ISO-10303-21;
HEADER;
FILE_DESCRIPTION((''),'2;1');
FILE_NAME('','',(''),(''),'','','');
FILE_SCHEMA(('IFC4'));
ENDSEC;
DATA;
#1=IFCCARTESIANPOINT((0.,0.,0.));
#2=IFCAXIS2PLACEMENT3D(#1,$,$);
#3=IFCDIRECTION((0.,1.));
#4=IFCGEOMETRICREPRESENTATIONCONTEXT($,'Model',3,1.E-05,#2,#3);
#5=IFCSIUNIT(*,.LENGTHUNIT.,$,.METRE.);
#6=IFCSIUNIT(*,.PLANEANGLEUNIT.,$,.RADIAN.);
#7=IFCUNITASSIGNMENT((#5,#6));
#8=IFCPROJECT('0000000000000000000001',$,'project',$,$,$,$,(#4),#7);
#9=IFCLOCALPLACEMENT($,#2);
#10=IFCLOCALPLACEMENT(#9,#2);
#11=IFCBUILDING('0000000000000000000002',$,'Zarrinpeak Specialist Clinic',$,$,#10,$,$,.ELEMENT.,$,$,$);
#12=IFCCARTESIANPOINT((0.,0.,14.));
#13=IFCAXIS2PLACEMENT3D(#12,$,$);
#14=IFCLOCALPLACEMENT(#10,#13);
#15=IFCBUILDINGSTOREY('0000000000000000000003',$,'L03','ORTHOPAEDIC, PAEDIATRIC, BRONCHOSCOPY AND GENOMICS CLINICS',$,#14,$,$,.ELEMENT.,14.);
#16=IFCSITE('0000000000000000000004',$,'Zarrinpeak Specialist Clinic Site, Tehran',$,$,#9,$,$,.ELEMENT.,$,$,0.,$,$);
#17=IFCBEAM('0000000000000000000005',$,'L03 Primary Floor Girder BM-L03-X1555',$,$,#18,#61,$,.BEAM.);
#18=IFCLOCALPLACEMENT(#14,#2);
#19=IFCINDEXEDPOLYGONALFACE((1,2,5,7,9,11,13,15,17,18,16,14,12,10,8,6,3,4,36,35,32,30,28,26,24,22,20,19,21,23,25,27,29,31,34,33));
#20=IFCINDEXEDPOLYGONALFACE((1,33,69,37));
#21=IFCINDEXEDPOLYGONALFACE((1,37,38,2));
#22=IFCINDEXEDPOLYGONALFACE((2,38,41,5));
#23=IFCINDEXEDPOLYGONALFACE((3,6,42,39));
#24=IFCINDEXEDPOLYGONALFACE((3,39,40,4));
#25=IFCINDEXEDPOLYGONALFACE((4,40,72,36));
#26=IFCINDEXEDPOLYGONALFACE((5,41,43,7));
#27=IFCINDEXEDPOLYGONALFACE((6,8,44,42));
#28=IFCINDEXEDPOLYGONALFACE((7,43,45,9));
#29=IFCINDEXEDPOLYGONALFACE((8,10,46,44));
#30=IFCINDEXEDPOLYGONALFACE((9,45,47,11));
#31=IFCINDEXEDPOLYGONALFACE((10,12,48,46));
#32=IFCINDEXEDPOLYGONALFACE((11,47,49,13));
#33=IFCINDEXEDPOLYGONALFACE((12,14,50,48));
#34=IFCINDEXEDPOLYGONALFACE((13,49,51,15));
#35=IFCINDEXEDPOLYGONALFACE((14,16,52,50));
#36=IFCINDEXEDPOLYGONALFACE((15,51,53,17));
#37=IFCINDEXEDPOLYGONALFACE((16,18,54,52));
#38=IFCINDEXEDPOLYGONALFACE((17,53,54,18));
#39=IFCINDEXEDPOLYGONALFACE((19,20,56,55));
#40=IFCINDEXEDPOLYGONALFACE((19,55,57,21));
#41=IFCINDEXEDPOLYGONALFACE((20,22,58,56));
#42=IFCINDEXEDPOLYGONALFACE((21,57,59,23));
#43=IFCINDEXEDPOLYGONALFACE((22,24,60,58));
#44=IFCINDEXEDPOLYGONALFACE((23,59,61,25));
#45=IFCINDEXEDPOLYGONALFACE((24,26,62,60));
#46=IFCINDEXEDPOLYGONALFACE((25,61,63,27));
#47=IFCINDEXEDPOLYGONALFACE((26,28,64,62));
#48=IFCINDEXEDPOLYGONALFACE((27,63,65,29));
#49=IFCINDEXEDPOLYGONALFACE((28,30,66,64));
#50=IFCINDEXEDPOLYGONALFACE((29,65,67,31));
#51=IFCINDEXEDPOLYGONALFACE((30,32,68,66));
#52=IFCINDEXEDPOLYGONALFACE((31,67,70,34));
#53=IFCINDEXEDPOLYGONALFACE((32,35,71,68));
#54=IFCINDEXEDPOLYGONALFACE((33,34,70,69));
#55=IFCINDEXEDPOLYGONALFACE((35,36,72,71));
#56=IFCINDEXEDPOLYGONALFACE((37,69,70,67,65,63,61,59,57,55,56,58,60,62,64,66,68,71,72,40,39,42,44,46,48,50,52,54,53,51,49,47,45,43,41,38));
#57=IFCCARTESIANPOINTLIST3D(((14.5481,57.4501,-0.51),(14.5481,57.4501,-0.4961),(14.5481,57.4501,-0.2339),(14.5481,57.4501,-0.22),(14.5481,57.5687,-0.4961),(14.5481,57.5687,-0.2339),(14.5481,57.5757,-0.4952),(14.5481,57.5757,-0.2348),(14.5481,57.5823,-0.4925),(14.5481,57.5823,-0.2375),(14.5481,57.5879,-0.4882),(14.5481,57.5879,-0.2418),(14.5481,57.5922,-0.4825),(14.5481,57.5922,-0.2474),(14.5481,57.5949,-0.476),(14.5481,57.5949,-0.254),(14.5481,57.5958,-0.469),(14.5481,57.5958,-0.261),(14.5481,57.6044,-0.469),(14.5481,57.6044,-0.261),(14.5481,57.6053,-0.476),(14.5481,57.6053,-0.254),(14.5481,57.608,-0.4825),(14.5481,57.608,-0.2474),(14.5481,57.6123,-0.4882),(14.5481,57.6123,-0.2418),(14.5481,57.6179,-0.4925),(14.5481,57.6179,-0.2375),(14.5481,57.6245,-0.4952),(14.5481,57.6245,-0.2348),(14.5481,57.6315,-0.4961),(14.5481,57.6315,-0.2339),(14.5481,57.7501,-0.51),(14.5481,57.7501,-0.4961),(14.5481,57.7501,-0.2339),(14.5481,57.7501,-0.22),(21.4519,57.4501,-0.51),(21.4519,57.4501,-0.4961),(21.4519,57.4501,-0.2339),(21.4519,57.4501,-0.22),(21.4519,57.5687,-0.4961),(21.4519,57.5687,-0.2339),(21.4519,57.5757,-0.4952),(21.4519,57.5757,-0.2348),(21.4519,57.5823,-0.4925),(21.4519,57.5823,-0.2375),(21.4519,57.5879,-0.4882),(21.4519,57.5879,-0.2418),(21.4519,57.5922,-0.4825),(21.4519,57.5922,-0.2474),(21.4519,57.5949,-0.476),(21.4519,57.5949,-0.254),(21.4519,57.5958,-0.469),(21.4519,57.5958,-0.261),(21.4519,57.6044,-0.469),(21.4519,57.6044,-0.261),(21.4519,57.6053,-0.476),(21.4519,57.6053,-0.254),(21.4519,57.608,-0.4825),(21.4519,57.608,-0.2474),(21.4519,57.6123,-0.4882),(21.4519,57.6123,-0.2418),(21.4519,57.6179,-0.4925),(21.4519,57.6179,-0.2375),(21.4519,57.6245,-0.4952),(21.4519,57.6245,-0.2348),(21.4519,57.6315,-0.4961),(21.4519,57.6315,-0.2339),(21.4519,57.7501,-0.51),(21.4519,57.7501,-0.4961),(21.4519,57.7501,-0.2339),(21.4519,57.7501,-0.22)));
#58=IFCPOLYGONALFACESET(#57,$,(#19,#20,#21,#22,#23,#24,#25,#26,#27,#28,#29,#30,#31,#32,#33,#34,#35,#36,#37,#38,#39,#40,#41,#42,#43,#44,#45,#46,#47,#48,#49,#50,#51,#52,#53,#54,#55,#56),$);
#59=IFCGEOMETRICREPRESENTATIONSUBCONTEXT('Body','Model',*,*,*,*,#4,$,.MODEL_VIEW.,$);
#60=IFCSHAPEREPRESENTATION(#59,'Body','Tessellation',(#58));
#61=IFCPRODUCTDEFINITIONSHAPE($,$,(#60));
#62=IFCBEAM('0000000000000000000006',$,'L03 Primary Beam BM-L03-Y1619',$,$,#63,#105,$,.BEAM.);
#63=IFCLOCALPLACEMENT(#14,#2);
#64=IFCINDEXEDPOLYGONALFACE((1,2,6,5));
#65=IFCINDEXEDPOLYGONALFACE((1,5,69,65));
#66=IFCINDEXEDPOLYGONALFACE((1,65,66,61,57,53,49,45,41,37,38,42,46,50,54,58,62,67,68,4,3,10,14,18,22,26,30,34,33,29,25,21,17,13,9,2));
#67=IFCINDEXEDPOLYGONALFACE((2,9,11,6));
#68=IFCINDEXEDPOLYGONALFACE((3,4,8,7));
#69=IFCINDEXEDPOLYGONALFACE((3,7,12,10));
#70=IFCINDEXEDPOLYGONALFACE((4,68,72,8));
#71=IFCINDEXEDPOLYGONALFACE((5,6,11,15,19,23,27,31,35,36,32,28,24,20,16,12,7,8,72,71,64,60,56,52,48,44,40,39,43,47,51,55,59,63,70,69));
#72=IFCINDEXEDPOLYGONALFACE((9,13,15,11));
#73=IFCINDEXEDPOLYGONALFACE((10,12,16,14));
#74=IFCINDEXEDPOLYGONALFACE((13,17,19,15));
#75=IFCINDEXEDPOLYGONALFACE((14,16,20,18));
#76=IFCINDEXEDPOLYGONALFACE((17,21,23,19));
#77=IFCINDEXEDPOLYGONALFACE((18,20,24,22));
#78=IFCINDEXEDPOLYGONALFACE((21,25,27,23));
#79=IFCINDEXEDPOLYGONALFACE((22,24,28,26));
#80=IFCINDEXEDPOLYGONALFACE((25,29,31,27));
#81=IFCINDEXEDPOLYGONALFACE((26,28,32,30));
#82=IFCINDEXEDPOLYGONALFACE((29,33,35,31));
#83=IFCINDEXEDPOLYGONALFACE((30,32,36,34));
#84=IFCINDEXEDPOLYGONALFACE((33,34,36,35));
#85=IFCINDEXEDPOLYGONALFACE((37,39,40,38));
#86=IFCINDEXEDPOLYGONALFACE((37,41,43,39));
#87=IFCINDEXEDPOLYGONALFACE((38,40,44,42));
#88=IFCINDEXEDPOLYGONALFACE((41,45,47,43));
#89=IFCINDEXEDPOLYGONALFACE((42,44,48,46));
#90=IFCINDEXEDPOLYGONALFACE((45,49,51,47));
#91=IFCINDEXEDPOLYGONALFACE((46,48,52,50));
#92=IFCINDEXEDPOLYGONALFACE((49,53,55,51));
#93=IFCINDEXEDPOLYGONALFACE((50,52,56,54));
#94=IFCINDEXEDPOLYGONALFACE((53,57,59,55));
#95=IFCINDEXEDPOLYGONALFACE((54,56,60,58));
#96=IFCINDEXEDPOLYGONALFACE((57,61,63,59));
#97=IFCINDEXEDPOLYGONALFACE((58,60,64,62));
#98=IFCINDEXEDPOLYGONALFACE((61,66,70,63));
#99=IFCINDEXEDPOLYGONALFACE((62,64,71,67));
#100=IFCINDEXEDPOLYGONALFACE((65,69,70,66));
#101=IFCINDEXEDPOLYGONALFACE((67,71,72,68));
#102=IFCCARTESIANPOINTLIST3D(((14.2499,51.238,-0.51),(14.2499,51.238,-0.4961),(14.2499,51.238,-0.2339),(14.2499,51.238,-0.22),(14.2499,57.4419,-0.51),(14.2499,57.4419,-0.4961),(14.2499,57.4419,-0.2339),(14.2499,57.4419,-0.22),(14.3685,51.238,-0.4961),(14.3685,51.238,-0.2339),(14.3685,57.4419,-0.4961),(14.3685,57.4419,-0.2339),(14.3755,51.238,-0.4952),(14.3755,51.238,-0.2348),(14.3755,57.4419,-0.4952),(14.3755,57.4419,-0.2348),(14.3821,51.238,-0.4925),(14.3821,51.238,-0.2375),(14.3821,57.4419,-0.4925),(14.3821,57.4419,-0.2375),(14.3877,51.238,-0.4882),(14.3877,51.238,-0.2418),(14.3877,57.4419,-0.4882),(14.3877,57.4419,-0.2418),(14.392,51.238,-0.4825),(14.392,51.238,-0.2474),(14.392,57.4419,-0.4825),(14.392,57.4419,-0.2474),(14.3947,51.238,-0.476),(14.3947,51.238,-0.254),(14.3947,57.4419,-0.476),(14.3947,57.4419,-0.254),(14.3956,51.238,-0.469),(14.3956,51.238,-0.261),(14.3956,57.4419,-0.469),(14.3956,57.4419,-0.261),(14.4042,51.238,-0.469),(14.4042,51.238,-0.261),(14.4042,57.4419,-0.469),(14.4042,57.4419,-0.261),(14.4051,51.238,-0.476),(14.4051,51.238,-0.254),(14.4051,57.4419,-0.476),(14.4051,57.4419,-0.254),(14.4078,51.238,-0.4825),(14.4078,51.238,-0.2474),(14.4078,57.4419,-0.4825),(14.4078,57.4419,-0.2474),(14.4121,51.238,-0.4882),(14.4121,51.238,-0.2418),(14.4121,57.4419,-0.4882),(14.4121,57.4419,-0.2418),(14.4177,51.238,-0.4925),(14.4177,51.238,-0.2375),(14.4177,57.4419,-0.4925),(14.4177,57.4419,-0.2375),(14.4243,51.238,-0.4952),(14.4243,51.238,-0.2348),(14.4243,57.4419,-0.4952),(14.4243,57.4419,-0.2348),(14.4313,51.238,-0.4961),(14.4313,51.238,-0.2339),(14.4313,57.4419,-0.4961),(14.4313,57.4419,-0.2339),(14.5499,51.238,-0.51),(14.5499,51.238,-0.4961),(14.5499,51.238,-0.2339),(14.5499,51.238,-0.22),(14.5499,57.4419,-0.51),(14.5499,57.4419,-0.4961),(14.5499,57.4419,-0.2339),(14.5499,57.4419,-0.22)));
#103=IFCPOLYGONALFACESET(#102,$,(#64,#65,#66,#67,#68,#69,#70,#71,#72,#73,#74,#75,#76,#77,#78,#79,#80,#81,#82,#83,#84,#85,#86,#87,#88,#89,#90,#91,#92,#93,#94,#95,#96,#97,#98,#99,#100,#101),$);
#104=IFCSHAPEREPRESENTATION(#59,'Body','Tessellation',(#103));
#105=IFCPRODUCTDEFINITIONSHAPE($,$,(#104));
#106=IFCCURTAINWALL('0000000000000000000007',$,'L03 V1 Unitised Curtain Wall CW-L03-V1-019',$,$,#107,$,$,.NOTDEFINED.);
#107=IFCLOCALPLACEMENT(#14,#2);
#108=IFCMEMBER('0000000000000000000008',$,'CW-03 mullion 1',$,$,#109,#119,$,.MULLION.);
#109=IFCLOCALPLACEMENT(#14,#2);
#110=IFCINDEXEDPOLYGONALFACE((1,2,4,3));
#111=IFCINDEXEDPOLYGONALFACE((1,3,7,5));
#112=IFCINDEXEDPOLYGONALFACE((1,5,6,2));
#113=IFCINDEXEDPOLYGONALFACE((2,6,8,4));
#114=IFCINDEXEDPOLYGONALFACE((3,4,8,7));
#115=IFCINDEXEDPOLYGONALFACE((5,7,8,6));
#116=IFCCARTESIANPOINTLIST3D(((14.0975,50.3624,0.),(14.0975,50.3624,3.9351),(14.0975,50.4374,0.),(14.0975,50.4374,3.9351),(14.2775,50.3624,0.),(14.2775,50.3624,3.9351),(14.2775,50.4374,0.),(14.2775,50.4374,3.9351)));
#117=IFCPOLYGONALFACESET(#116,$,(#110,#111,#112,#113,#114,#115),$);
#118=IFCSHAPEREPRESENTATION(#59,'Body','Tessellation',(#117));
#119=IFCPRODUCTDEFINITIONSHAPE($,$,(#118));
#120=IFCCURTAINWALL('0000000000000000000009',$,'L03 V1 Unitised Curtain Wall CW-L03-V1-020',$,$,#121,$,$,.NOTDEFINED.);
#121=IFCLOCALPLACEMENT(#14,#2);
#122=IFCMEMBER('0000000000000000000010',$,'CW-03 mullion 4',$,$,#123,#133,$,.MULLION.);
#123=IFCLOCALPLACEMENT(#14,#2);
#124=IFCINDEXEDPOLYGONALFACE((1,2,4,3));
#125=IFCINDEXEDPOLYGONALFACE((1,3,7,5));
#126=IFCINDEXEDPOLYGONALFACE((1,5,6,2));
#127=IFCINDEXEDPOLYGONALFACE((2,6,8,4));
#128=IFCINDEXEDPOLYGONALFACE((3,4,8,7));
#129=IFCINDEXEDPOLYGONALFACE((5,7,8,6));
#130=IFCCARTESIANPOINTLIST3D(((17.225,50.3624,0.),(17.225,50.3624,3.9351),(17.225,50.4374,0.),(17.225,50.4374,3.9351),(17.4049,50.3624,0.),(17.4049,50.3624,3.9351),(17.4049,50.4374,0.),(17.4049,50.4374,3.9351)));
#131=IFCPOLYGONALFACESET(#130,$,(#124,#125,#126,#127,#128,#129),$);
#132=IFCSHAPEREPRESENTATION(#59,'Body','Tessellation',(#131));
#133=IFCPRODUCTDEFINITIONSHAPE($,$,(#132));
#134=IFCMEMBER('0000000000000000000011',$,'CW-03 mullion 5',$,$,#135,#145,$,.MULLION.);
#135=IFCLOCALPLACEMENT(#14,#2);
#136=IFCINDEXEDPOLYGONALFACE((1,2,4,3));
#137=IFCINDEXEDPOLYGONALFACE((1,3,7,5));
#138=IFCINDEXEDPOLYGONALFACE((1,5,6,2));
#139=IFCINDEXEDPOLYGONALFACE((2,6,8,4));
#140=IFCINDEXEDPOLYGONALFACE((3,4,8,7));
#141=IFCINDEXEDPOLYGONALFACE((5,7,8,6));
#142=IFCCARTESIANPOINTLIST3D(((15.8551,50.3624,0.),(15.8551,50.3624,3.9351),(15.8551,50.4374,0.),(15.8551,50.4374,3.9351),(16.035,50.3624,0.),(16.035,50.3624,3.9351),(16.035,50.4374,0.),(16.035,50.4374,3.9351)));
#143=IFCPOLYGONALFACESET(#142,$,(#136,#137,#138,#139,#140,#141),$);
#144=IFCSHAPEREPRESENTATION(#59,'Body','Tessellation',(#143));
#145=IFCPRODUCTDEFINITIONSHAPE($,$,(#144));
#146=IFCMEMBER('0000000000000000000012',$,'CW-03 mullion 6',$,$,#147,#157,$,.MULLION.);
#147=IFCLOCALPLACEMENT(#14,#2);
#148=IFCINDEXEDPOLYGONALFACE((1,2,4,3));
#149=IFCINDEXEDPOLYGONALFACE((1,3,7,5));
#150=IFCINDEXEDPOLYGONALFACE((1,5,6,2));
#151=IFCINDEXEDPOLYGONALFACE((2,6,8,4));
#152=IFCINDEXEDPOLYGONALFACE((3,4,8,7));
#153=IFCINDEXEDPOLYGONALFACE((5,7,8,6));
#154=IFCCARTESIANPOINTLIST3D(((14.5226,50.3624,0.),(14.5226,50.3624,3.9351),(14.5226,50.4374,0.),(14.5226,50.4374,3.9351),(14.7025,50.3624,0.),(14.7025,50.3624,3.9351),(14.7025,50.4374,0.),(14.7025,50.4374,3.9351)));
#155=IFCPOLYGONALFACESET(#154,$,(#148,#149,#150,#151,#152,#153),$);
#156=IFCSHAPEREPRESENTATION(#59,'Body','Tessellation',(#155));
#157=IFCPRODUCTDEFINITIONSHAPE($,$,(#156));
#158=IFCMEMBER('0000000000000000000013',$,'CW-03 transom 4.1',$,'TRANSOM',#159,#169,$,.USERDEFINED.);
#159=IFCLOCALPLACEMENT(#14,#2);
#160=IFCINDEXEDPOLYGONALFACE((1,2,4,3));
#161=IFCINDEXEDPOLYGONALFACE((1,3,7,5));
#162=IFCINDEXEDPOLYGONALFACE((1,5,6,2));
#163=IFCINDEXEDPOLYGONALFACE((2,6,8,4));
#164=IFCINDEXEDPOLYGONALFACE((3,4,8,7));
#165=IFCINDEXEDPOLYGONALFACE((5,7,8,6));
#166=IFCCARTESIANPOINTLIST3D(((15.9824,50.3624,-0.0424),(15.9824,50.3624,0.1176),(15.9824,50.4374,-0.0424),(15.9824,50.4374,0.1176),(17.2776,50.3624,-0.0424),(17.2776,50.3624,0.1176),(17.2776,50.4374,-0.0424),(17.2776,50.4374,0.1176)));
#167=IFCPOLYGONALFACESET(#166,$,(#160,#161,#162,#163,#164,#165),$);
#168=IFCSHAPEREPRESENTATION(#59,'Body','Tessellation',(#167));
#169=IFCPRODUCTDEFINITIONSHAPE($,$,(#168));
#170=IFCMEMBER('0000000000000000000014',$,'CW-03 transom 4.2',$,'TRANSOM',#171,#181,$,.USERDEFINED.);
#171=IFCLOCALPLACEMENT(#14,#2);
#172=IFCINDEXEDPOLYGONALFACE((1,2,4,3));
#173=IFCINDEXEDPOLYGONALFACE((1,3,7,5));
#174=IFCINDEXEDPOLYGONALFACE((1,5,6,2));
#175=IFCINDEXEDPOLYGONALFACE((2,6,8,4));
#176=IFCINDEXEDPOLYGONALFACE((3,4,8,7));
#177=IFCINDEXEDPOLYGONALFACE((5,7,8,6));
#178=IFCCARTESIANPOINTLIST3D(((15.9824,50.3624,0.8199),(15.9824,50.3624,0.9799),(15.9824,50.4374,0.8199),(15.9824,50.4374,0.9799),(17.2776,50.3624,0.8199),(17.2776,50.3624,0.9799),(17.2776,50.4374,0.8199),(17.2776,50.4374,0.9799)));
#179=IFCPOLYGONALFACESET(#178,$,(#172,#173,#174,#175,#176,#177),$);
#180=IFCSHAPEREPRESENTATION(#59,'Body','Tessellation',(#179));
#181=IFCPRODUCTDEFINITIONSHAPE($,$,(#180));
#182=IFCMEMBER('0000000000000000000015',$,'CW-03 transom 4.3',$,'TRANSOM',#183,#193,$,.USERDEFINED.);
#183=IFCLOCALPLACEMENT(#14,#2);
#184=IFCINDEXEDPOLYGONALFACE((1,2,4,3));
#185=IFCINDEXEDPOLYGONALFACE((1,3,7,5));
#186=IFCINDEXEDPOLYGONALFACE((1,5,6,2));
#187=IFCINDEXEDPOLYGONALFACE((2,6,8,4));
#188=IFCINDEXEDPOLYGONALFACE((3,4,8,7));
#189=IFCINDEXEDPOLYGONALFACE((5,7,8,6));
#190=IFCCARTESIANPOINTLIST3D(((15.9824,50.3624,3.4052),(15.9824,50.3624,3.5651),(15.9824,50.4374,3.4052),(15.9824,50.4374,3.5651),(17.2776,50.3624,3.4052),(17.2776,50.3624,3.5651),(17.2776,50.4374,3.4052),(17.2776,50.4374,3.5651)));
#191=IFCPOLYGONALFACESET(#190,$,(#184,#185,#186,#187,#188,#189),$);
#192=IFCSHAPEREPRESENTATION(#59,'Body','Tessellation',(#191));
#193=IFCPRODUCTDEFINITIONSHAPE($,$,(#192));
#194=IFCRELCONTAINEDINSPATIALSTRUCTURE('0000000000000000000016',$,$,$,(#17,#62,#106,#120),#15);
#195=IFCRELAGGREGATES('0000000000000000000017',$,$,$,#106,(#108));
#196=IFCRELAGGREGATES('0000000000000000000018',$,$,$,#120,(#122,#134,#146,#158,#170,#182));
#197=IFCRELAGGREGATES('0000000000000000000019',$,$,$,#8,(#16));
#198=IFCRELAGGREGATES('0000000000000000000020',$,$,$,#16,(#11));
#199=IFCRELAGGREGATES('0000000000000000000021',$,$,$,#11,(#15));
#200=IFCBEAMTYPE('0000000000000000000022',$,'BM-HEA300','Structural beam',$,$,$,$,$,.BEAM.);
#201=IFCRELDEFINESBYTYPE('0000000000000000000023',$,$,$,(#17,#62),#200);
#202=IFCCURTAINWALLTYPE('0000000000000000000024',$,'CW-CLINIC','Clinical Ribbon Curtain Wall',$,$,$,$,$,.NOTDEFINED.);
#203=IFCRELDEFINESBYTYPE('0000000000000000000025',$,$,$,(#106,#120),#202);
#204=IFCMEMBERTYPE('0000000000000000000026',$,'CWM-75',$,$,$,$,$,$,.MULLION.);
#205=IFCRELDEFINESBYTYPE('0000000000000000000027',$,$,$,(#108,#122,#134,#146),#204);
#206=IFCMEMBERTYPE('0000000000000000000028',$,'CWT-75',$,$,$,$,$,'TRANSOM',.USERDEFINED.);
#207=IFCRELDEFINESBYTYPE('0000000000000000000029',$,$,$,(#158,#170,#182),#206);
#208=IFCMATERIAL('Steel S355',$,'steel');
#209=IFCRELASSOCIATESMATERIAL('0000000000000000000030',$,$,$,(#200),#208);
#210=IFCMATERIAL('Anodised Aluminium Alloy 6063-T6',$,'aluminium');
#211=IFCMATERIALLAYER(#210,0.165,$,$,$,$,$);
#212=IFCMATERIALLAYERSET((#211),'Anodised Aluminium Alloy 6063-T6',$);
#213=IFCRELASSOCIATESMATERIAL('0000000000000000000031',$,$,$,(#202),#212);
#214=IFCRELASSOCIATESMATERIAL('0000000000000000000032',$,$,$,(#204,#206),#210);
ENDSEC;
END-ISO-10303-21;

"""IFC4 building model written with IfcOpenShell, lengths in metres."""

from ifc_helpers import new_model, si_unit, direction, frame, origin, origin_2d, place, context, subcontext, project, spatial, rectangle, i_section, extrude, material, layer, layer_set, material_profile, profile_set, type_object, element, aggregate, save


model = new_model("IFC4")

# Units and contexts
model_context = context("Model", 3, precision=1e-05, world=origin(), true_north=direction((0.0, 1.0)))
body_context = subcontext(model_context, "Body", "Model", "MODEL_VIEW")
ifc_project = project(units=[si_unit("LENGTHUNIT", "METRE"), si_unit("PLANEANGLEUNIT", "RADIAN")], contexts=[model_context])

# Site, building, storey
site_placement = place(None, origin())
site = spatial("IfcSite", under=ifc_project, at=site_placement, Name="Zarrinpeak Specialist Clinic Site, Tehran", CompositionType="ELEMENT", RefElevation=0.0)
building_placement = place(site_placement, origin())
building = spatial("IfcBuilding", under=site, at=building_placement, Name="Zarrinpeak Specialist Clinic", CompositionType="ELEMENT")
storey_placement = place(building_placement, frame((0.0, 0.0, 14.0)))
storey = spatial("IfcBuildingStorey", under=building, at=storey_placement, Name="L03", Description="ORTHOPAEDIC, PAEDIATRIC, BRONCHOSCOPY AND GENOMICS CLINICS", CompositionType="ELEMENT", Elevation=14.0)

# Shared definitions
ifc_material_1 = material(Name="Steel S355", Category="steel")

# Beams
ifc_material_profile_1 = material_profile(ifc_material_1, i_section(OverallWidth=0.3, OverallDepth=0.29, WebThickness=0.0085, FlangeThickness=0.0139, FilletRadius=0.0271, at=origin_2d()), Name="HEA 300")
ifc_profile_set_1 = profile_set([ifc_material_profile_1], Name="Steel S355")
beam_type = type_object("IfcBeamType", Name="BM-HEA300", Description="Structural beam", PredefinedType="BEAM", material=ifc_profile_set_1)
beam_1_placement = place(storey_placement, frame((14.5481, 57.6001, -0.365), z_axis=(1.0, 0.0, 0.0), x_axis=(0.0, 1.0, 0.0)))
element("IfcBeam", 1, at=beam_1_placement, inside=storey, type_object=beam_type, Name="L03 Primary Floor Girder BM-L03-X1555", PredefinedType="BEAM", context=body_context, shape_type="SweptSolid", body=[
    extrude(i_section(OverallWidth=0.3, OverallDepth=0.29, WebThickness=0.0085, FlangeThickness=0.0139, FilletRadius=0.0271, at=origin_2d()), origin(), (0.0, 0.0, 1.0), 6.9038),
])
beam_2_placement = place(storey_placement, frame((14.3999, 51.238, -0.365), z_axis=(0.0, 1.0, 0.0), x_axis=(-1.0, 0.0, 0.0)))
element("IfcBeam", 2, at=beam_2_placement, inside=storey, type_object=beam_type, Name="L03 Primary Beam BM-L03-Y1619", PredefinedType="BEAM", context=body_context, shape_type="SweptSolid", body=[
    extrude(i_section(OverallWidth=0.3, OverallDepth=0.29, WebThickness=0.0085, FlangeThickness=0.0139, FilletRadius=0.0271, at=origin_2d()), origin(), (0.0, 0.0, 1.0), 6.2039),
])

# Curtain wall, member
ifc_material_2 = material(Name="Anodised Aluminium Alloy 6063-T6", Category="aluminium")
ifc_layer_1 = layer(ifc_material_2, 0.165)
ifc_layer_set_1 = layer_set([ifc_layer_1], Name="Anodised Aluminium Alloy 6063-T6")
curtain_wall_type = type_object("IfcCurtainWallType", Name="CW-CLINIC", Description="Clinical Ribbon Curtain Wall", PredefinedType="NOTDEFINED", material=ifc_layer_set_1)
curtain_wall_1_placement = place(storey_placement, origin())
curtain_wall_1 = element("IfcCurtainWall", 3, at=curtain_wall_1_placement, inside=storey, type_object=curtain_wall_type, Name="L03 V1 Unitised Curtain Wall CW-L03-V1-019", PredefinedType="NOTDEFINED")
ifc_material_profile_2 = material_profile(ifc_material_2, rectangle(XDim=0.075, YDim=0.1799, at=origin_2d()), Name="ALU 75x180")
ifc_profile_set_2 = profile_set([ifc_material_profile_2], Name="Anodised Aluminium Alloy 6063-T6")
member_type_1 = type_object("IfcMemberType", Name="CWM-75", PredefinedType="MULLION", material=ifc_profile_set_2)
member_1_placement = place(storey_placement, frame((14.1875, 50.3999, 0.0), z_axis=(0.0, 0.0, 1.0), x_axis=(0.0, -1.0, 0.0)))
member_1 = element("IfcMember", 4, at=member_1_placement, type_object=member_type_1, Name="CW-03 mullion 1", PredefinedType="MULLION", context=body_context, shape_type="SweptSolid", body=[
    extrude(rectangle(XDim=0.075, YDim=0.1799, at=origin_2d()), origin(), (0.0, 0.0, 1.0), 3.9351),
])
aggregate(curtain_wall_1, [member_1])

# Curtain wall, members
curtain_wall_2_placement = place(storey_placement, origin())
curtain_wall_2 = element("IfcCurtainWall", 5, at=curtain_wall_2_placement, inside=storey, type_object=curtain_wall_type, Name="L03 V1 Unitised Curtain Wall CW-L03-V1-020", PredefinedType="NOTDEFINED")
member_2_placement = place(storey_placement, frame((17.3149, 50.3999, 0.0), z_axis=(0.0, 0.0, 1.0), x_axis=(0.0, -1.0, 0.0)))
member_2 = element("IfcMember", 6, at=member_2_placement, type_object=member_type_1, Name="CW-03 mullion 4", PredefinedType="MULLION", context=body_context, shape_type="SweptSolid", body=[
    extrude(rectangle(XDim=0.075, YDim=0.1799, at=origin_2d()), origin(), (0.0, 0.0, 1.0), 3.9351),
])
member_3_placement = place(storey_placement, frame((15.9451, 50.3999, 0.0), z_axis=(0.0, 0.0, 1.0), x_axis=(0.0, -1.0, 0.0)))
member_3 = element("IfcMember", 7, at=member_3_placement, type_object=member_type_1, Name="CW-03 mullion 5", PredefinedType="MULLION", context=body_context, shape_type="SweptSolid", body=[
    extrude(rectangle(XDim=0.075, YDim=0.1799, at=origin_2d()), origin(), (0.0, 0.0, 1.0), 3.9351),
])
member_4_placement = place(storey_placement, frame((14.6125, 50.3999, 0.0), z_axis=(0.0, 0.0, 1.0), x_axis=(0.0, -1.0, 0.0)))
member_4 = element("IfcMember", 8, at=member_4_placement, type_object=member_type_1, Name="CW-03 mullion 6", PredefinedType="MULLION", context=body_context, shape_type="SweptSolid", body=[
    extrude(rectangle(XDim=0.075, YDim=0.1799, at=origin_2d()), origin(), (0.0, 0.0, 1.0), 3.9351),
])
ifc_material_profile_3 = material_profile(ifc_material_2, rectangle(XDim=0.075, YDim=0.1599, at=origin_2d()), Name="ALU 75x160")
ifc_profile_set_3 = profile_set([ifc_material_profile_3], Name="Anodised Aluminium Alloy 6063-T6")
member_type_2 = type_object("IfcMemberType", Name="CWT-75", ElementType="TRANSOM", PredefinedType="USERDEFINED", material=ifc_profile_set_3)
member_5_placement = place(storey_placement, frame((17.2776, 50.3999, 0.0376), z_axis=(-1.0, 0.0, 0.0), x_axis=(0.0, -1.0, 0.0)))
member_5 = element("IfcMember", 9, at=member_5_placement, type_object=member_type_2, Name="CW-03 transom 4.1", ObjectType="TRANSOM", PredefinedType="USERDEFINED", context=body_context, shape_type="SweptSolid", body=[
    extrude(rectangle(XDim=0.075, YDim=0.1599, at=origin_2d()), origin(), (0.0, 0.0, 1.0), 1.2952),
])
member_6_placement = place(storey_placement, frame((17.2776, 50.3999, 0.8999), z_axis=(-1.0, 0.0, 0.0), x_axis=(0.0, -1.0, 0.0)))
member_6 = element("IfcMember", 10, at=member_6_placement, type_object=member_type_2, Name="CW-03 transom 4.2", ObjectType="TRANSOM", PredefinedType="USERDEFINED", context=body_context, shape_type="SweptSolid", body=[
    extrude(rectangle(XDim=0.075, YDim=0.1599, at=origin_2d()), origin(), (0.0, 0.0, 1.0), 1.2952),
])
member_7_placement = place(storey_placement, frame((17.2776, 50.3999, 3.4851), z_axis=(-1.0, 0.0, 0.0), x_axis=(0.0, -1.0, 0.0)))
member_7 = element("IfcMember", 11, at=member_7_placement, type_object=member_type_2, Name="CW-03 transom 4.3", ObjectType="TRANSOM", PredefinedType="USERDEFINED", context=body_context, shape_type="SweptSolid", body=[
    extrude(rectangle(XDim=0.075, YDim=0.1599, at=origin_2d()), origin(), (0.0, 0.0, 1.0), 1.2952),
])
aggregate(curtain_wall_2, [member_2, member_3, member_4, member_5, member_6, member_7])

save(model, "model.ifc")
